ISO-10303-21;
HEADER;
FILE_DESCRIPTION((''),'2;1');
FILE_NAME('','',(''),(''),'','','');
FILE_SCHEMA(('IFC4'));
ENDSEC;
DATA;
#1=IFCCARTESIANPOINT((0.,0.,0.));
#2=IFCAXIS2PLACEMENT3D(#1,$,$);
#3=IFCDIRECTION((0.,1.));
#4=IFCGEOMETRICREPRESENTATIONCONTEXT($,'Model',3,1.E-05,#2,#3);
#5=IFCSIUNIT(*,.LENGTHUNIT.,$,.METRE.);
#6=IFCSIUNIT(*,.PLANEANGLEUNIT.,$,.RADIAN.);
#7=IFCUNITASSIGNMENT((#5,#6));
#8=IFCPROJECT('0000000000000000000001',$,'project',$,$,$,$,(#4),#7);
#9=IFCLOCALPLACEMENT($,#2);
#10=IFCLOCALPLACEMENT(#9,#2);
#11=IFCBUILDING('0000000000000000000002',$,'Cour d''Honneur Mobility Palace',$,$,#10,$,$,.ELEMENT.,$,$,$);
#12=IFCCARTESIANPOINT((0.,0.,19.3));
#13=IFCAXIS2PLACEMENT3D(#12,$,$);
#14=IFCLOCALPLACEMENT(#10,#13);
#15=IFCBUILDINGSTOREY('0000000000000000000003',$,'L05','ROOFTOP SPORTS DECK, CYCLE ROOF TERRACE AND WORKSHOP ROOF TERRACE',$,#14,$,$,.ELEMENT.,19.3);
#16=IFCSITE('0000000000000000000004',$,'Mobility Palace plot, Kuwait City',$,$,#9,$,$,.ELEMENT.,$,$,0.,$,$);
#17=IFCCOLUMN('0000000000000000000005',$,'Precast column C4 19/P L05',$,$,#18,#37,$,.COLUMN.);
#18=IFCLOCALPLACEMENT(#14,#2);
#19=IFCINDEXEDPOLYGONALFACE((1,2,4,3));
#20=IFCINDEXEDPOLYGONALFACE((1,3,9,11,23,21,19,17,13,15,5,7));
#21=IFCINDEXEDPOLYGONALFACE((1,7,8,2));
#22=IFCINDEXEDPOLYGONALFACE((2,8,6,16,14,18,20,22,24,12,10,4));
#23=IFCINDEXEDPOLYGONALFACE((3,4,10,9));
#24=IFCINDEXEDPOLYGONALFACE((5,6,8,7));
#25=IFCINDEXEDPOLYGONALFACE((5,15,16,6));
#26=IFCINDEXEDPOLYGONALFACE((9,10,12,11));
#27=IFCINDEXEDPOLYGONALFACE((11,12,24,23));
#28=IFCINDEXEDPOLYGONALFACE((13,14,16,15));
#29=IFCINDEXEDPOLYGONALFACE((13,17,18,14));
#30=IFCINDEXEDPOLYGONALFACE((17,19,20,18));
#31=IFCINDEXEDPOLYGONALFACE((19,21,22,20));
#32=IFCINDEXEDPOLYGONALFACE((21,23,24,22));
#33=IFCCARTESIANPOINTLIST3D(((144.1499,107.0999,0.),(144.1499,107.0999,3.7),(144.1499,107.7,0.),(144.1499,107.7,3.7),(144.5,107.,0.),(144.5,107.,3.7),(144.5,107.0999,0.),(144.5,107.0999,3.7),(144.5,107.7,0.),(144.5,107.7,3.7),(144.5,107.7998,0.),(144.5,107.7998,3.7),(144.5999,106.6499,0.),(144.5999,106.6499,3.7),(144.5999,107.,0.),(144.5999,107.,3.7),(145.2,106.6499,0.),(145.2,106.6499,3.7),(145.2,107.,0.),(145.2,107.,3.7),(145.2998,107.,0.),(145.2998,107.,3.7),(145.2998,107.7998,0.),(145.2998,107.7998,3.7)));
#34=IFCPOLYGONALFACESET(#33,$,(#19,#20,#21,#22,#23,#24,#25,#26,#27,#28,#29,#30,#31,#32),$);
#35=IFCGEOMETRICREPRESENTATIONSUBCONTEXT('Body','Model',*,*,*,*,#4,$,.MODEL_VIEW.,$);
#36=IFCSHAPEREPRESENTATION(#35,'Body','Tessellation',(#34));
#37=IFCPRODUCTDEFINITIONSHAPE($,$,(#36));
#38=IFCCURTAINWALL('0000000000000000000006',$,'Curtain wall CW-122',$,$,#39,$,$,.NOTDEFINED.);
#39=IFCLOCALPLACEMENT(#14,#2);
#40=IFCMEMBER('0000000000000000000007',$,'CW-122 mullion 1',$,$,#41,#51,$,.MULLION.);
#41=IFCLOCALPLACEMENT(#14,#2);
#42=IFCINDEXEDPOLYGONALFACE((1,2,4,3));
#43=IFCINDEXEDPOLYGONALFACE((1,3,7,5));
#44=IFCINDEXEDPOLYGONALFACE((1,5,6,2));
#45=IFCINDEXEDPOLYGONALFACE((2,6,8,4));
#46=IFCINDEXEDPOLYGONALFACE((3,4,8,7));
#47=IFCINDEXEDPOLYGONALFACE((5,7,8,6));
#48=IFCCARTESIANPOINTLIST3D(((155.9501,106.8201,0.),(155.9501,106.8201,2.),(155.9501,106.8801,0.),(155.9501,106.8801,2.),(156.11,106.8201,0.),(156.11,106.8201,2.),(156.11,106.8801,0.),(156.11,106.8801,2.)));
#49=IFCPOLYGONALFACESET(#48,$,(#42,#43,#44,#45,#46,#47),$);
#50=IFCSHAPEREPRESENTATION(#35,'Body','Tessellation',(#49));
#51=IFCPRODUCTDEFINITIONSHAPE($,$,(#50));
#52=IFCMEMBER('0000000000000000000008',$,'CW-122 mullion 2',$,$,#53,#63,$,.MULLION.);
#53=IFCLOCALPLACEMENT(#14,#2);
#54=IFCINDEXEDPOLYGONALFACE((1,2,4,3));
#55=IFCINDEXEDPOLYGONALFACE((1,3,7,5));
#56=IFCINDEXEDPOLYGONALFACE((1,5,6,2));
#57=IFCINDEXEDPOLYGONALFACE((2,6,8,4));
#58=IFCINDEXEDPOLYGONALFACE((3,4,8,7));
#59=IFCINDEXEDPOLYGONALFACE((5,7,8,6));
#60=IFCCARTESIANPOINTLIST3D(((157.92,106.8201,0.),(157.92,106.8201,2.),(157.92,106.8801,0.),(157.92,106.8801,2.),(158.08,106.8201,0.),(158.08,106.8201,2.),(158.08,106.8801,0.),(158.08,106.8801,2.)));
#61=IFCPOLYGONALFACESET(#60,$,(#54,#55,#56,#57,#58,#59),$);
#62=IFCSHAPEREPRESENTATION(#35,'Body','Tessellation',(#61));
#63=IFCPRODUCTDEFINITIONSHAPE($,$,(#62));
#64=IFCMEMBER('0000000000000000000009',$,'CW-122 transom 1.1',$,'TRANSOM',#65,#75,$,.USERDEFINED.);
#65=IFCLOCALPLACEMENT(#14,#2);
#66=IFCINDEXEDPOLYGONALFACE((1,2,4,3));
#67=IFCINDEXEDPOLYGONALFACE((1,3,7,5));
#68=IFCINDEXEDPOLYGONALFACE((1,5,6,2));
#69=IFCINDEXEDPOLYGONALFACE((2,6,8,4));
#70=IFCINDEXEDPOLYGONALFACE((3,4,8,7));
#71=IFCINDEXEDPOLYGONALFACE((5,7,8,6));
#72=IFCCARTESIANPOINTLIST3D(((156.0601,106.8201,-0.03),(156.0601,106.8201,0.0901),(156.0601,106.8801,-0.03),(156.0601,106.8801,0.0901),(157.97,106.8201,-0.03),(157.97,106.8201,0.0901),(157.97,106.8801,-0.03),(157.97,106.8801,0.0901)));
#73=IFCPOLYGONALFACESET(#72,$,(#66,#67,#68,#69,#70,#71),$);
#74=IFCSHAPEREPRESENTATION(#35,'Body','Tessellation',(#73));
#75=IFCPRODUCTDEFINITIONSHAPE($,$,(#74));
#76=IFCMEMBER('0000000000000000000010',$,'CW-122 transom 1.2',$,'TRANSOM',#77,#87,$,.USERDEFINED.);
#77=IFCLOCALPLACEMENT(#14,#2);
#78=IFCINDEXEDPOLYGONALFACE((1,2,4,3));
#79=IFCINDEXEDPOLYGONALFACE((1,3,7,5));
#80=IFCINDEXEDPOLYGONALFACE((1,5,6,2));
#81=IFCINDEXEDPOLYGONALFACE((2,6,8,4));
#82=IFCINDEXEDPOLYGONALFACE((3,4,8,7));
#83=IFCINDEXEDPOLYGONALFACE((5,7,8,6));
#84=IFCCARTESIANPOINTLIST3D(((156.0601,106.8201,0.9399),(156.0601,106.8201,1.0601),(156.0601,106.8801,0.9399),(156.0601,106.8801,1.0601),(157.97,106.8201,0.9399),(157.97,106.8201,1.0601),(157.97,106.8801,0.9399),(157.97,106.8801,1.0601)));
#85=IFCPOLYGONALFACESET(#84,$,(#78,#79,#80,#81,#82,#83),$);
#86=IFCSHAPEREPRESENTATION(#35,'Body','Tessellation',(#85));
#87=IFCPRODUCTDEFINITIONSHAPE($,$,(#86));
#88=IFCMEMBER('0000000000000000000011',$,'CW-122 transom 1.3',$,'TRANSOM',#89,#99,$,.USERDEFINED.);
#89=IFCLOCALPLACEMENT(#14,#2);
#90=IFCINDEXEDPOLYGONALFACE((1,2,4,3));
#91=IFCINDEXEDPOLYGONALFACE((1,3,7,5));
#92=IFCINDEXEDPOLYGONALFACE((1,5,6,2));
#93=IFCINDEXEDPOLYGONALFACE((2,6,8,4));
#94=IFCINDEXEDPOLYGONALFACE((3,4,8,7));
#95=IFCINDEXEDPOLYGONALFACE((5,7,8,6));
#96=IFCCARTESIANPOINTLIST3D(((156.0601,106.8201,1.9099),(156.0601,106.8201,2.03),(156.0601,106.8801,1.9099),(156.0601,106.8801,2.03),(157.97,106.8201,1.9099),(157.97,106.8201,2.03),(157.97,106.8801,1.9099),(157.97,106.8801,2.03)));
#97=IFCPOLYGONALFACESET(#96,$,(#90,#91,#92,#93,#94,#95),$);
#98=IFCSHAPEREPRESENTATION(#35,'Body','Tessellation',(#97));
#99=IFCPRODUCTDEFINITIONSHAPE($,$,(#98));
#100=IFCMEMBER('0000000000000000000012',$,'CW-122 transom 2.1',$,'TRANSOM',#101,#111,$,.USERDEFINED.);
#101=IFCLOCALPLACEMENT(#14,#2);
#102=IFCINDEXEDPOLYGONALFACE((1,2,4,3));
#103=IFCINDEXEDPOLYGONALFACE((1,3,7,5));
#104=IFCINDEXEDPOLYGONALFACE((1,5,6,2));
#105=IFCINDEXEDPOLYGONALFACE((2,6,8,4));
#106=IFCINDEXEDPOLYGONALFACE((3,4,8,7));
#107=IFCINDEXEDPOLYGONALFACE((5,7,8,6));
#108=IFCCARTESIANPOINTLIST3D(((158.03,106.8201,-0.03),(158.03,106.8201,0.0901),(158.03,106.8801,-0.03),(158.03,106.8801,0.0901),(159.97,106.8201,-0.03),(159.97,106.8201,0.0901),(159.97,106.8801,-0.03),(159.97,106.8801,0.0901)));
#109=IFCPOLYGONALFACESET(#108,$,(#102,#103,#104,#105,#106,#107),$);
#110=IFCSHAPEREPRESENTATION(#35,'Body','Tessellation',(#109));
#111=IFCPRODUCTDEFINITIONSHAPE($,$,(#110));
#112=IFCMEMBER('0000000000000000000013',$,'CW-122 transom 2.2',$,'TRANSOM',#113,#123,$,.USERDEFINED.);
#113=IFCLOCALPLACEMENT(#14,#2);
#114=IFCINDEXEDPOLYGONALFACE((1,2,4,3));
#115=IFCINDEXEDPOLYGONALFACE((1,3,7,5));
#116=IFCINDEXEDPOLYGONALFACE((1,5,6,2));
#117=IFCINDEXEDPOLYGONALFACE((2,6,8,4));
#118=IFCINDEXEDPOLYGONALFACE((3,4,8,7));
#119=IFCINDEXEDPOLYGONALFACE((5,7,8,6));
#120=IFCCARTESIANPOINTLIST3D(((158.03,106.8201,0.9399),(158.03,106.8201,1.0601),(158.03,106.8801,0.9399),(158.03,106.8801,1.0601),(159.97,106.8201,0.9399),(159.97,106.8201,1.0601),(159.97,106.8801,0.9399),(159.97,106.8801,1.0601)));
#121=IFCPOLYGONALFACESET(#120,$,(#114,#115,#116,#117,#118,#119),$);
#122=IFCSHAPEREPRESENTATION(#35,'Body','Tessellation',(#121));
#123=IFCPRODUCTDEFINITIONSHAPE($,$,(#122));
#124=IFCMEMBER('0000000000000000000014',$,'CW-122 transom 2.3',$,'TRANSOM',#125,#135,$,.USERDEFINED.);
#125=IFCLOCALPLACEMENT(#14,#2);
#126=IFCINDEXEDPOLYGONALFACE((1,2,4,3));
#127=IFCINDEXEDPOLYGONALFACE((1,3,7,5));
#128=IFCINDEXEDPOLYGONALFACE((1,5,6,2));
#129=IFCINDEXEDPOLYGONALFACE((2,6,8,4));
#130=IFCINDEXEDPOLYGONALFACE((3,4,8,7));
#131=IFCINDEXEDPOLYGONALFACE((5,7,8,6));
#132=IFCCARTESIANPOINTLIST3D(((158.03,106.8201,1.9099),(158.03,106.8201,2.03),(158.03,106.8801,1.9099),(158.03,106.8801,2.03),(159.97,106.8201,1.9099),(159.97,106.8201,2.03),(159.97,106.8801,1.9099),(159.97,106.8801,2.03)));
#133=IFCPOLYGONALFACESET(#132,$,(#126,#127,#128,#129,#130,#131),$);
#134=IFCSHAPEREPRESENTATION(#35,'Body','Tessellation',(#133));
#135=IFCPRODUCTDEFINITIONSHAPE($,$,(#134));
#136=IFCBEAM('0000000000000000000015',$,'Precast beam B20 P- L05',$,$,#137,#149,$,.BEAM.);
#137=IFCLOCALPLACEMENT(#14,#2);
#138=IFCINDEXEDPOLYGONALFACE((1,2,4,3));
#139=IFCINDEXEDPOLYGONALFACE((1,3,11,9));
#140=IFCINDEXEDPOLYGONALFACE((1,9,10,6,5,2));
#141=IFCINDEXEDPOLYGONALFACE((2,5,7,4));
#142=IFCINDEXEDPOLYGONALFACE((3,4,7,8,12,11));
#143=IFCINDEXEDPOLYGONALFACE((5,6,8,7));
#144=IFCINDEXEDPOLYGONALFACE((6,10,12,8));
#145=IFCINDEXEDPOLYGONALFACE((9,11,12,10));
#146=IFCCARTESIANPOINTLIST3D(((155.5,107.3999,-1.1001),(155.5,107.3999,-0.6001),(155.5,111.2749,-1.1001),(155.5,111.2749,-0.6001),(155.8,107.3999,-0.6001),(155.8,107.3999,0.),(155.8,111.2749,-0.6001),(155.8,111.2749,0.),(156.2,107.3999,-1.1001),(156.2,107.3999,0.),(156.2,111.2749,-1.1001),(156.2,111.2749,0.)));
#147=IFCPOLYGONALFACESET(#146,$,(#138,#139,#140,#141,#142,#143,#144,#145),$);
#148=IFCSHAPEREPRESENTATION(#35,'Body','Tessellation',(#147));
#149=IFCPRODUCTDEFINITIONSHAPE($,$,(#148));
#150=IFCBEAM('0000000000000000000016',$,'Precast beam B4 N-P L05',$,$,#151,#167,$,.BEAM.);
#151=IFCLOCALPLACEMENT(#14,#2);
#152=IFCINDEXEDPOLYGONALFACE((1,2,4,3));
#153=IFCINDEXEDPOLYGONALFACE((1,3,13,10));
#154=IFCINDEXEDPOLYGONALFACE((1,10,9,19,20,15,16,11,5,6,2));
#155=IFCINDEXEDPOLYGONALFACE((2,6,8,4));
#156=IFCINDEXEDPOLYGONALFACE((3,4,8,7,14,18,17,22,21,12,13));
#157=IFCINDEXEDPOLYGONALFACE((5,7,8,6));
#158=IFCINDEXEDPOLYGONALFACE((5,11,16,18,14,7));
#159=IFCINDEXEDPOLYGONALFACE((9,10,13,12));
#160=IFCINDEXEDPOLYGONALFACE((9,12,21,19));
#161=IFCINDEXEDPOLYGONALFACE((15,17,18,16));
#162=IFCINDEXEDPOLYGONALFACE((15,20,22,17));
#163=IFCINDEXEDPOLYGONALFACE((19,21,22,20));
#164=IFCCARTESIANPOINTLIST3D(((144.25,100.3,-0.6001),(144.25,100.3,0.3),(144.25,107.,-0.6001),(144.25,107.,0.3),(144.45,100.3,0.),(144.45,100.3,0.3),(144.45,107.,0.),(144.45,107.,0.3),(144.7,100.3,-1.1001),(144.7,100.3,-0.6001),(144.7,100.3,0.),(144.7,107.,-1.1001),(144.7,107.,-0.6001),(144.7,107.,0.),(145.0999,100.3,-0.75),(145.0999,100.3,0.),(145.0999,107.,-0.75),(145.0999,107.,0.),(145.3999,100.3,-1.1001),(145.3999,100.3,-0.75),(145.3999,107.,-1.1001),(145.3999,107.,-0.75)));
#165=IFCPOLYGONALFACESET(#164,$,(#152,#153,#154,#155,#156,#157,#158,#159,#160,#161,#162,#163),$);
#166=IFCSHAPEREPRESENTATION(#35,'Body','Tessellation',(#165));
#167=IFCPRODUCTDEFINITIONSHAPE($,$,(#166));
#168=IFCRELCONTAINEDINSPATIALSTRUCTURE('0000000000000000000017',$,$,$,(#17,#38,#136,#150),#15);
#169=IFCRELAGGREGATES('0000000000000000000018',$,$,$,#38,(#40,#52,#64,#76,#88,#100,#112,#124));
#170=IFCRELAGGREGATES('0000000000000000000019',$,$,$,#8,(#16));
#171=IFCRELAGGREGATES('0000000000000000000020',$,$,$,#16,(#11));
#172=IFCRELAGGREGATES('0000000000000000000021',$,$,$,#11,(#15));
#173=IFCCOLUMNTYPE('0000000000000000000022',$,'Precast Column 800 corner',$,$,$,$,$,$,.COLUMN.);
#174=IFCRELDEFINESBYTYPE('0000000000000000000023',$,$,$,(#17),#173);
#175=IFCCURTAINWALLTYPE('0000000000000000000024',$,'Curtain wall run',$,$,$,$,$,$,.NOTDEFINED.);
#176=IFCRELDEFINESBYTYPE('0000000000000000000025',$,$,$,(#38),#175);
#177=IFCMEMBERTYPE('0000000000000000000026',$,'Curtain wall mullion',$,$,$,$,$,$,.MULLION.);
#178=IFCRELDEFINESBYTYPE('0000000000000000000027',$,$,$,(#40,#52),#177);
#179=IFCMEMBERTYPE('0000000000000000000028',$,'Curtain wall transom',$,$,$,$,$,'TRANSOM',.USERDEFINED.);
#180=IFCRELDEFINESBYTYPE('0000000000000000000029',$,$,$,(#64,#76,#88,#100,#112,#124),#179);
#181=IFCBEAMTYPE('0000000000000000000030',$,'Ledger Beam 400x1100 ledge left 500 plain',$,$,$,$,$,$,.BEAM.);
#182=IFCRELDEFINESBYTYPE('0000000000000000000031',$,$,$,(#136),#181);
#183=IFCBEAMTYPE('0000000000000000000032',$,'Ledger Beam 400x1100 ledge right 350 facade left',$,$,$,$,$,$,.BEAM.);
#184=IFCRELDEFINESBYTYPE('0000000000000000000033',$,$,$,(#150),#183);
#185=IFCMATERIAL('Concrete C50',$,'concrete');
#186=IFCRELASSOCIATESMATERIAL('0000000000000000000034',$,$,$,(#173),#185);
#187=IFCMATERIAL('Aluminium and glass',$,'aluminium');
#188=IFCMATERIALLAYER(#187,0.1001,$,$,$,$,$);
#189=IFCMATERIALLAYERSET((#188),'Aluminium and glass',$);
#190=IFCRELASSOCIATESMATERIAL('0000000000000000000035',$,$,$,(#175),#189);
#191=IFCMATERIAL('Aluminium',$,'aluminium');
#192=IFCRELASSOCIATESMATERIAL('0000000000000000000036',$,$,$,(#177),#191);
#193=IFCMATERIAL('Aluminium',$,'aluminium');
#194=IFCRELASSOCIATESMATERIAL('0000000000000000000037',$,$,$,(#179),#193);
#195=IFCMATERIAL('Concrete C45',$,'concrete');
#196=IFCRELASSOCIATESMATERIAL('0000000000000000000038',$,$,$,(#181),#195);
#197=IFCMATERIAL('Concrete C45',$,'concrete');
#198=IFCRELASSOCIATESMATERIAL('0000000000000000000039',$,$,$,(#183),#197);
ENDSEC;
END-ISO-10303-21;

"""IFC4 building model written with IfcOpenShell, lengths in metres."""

from ifc_helpers import new_model, si_unit, direction, frame, origin, origin_2d, place, context, subcontext, project, spatial, polyline, rectangle, outline, extrude, material, layer, layer_set, material_profile, profile_set, type_object, element, aggregate, save


model = new_model("IFC4")

# Units and contexts
model_context = context("Model", 3, precision=1e-05, world=origin(), true_north=direction((0.0, 1.0)))
body_context = subcontext(model_context, "Body", "Model", "MODEL_VIEW")
ifc_project = project(units=[si_unit("LENGTHUNIT", "METRE"), si_unit("PLANEANGLEUNIT", "RADIAN")], contexts=[model_context])

# Site, building, storey
site_placement = place(None, origin())
site = spatial("IfcSite", under=ifc_project, at=site_placement, Name="Mobility Palace plot, Kuwait City", CompositionType="ELEMENT", RefElevation=0.0)
building_placement = place(site_placement, origin())
building = spatial("IfcBuilding", under=site, at=building_placement, Name="Cour d'Honneur Mobility Palace", CompositionType="ELEMENT")
storey_placement = place(building_placement, frame((0.0, 0.0, 19.3)))
storey = spatial("IfcBuildingStorey", under=building, at=storey_placement, Name="L05", Description="ROOFTOP SPORTS DECK, CYCLE ROOF TERRACE AND WORKSHOP ROOF TERRACE", CompositionType="ELEMENT", Elevation=19.3)

# Column
ifc_material_1 = material(Name="Concrete C50", Category="concrete")
ifc_material_profile_1 = material_profile(ifc_material_1, outline(polyline([(-0.3999, -0.3999), (0.3999, -0.3999), (0.3999, -0.3), (0.75, -0.3), (0.75, 0.3), (0.3999, 0.3), (0.3999, 0.3999), (0.3, 0.3999), (0.3, 0.75), (-0.3, 0.75), (-0.3, 0.3999), (-0.3999, 0.3999), (-0.3999, -0.3999)])), Name="PC C800 corner")
ifc_profile_set_1 = profile_set([ifc_material_profile_1], Name="Concrete C50")
column_type = type_object("IfcColumnType", Name="Precast Column 800 corner", PredefinedType="COLUMN", material=ifc_profile_set_1)
column_placement = place(storey_placement, frame((144.8999, 107.3999, 0.0), z_axis=(0.0, 0.0, 1.0), x_axis=(-1.0, 0.0, 0.0)))
element("IfcColumn", 1, at=column_placement, inside=storey, type_object=column_type, Name="Precast column C4 19/P L05", PredefinedType="COLUMN", context=body_context, shape_type="SweptSolid", body=[
    extrude(outline(polyline([(-0.3999, -0.3999), (0.3999, -0.3999), (0.3999, -0.3), (0.75, -0.3), (0.75, 0.3), (0.3999, 0.3), (0.3999, 0.3999), (0.3, 0.3999), (0.3, 0.75), (-0.3, 0.75), (-0.3, 0.3999), (-0.3999, 0.3999), (-0.3999, -0.3999)])), origin(), (0.0, 0.0, 1.0), 3.7),
])

# Curtain wall, members
ifc_material_2 = material(Name="Aluminium and glass", Category="aluminium")
ifc_layer_1 = layer(ifc_material_2, 0.1001)
ifc_layer_set_1 = layer_set([ifc_layer_1], Name="Aluminium and glass")
curtain_wall_type = type_object("IfcCurtainWallType", Name="Curtain wall run", PredefinedType="NOTDEFINED", material=ifc_layer_set_1)
curtain_wall_placement = place(storey_placement, origin())
curtain_wall = element("IfcCurtainWall", 2, at=curtain_wall_placement, inside=storey, type_object=curtain_wall_type, Name="Curtain wall CW-122", PredefinedType="NOTDEFINED")
ifc_material_3 = material(Name="Aluminium", Category="aluminium")
ifc_material_profile_2 = material_profile(ifc_material_3, rectangle(XDim=0.0601, YDim=0.1599, at=origin_2d()), Name="Curtain wall mullion")
ifc_profile_set_2 = profile_set([ifc_material_profile_2], Name="Aluminium")
member_type_1 = type_object("IfcMemberType", Name="Curtain wall mullion", PredefinedType="MULLION", material=ifc_profile_set_2)
member_1_placement = place(storey_placement, frame((156.03, 106.8501, 0.0), z_axis=(0.0, 0.0, 1.0), x_axis=(0.0, 1.0, 0.0)))
member_1 = element("IfcMember", 3, at=member_1_placement, type_object=member_type_1, Name="CW-122 mullion 1", PredefinedType="MULLION", context=body_context, shape_type="SweptSolid", body=[
    extrude(rectangle(XDim=0.0601, YDim=0.1599, at=origin_2d()), origin(), (0.0, 0.0, 1.0), 2.0),
])
member_2_placement = place(storey_placement, frame((158.0, 106.8501, 0.0), z_axis=(0.0, 0.0, 1.0), x_axis=(0.0, 1.0, 0.0)))
member_2 = element("IfcMember", 4, at=member_2_placement, type_object=member_type_1, Name="CW-122 mullion 2", PredefinedType="MULLION", context=body_context, shape_type="SweptSolid", body=[
    extrude(rectangle(XDim=0.0601, YDim=0.1599, at=origin_2d()), origin(), (0.0, 0.0, 1.0), 2.0),
])
ifc_material_4 = material(Name="Aluminium", Category="aluminium")
ifc_material_profile_3 = material_profile(ifc_material_4, rectangle(XDim=0.0601, YDim=0.1201, at=origin_2d()), Name="Curtain wall transom")
ifc_profile_set_3 = profile_set([ifc_material_profile_3], Name="Aluminium")
member_type_2 = type_object("IfcMemberType", Name="Curtain wall transom", ElementType="TRANSOM", PredefinedType="USERDEFINED", material=ifc_profile_set_3)
member_3_placement = place(storey_placement, frame((156.0601, 106.8501, 0.03), z_axis=(1.0, 0.0, 0.0), x_axis=(0.0, 1.0, 0.0)))
member_3 = element("IfcMember", 5, at=member_3_placement, type_object=member_type_2, Name="CW-122 transom 1.1", ObjectType="TRANSOM", PredefinedType="USERDEFINED", context=body_context, shape_type="SweptSolid", body=[
    extrude(rectangle(XDim=0.0601, YDim=0.1201, at=origin_2d()), origin(), (0.0, 0.0, 1.0), 1.9099),
])
member_4_placement = place(storey_placement, frame((156.0601, 106.8501, 1.0), z_axis=(1.0, 0.0, 0.0), x_axis=(0.0, 1.0, 0.0)))
member_4 = element("IfcMember", 6, at=member_4_placement, type_object=member_type_2, Name="CW-122 transom 1.2", ObjectType="TRANSOM", PredefinedType="USERDEFINED", context=body_context, shape_type="SweptSolid", body=[
    extrude(rectangle(XDim=0.0601, YDim=0.1201, at=origin_2d()), origin(), (0.0, 0.0, 1.0), 1.9099),
])
member_5_placement = place(storey_placement, frame((156.0601, 106.8501, 1.97), z_axis=(1.0, 0.0, 0.0), x_axis=(0.0, 1.0, 0.0)))
member_5 = element("IfcMember", 7, at=member_5_placement, type_object=member_type_2, Name="CW-122 transom 1.3", ObjectType="TRANSOM", PredefinedType="USERDEFINED", context=body_context, shape_type="SweptSolid", body=[
    extrude(rectangle(XDim=0.0601, YDim=0.1201, at=origin_2d()), origin(), (0.0, 0.0, 1.0), 1.9099),
])
member_6_placement = place(storey_placement, frame((158.03, 106.8501, 0.03), z_axis=(1.0, 0.0, 0.0), x_axis=(0.0, 1.0, 0.0)))
member_6 = element("IfcMember", 8, at=member_6_placement, type_object=member_type_2, Name="CW-122 transom 2.1", ObjectType="TRANSOM", PredefinedType="USERDEFINED", context=body_context, shape_type="SweptSolid", body=[
    extrude(rectangle(XDim=0.0601, YDim=0.1201, at=origin_2d()), origin(), (0.0, 0.0, 1.0), 1.9399),
])
member_7_placement = place(storey_placement, frame((158.03, 106.8501, 1.0), z_axis=(1.0, 0.0, 0.0), x_axis=(0.0, 1.0, 0.0)))
member_7 = element("IfcMember", 9, at=member_7_placement, type_object=member_type_2, Name="CW-122 transom 2.2", ObjectType="TRANSOM", PredefinedType="USERDEFINED", context=body_context, shape_type="SweptSolid", body=[
    extrude(rectangle(XDim=0.0601, YDim=0.1201, at=origin_2d()), origin(), (0.0, 0.0, 1.0), 1.9399),
])
member_8_placement = place(storey_placement, frame((158.03, 106.8501, 1.97), z_axis=(1.0, 0.0, 0.0), x_axis=(0.0, 1.0, 0.0)))
member_8 = element("IfcMember", 10, at=member_8_placement, type_object=member_type_2, Name="CW-122 transom 2.3", ObjectType="TRANSOM", PredefinedType="USERDEFINED", context=body_context, shape_type="SweptSolid", body=[
    extrude(rectangle(XDim=0.0601, YDim=0.1201, at=origin_2d()), origin(), (0.0, 0.0, 1.0), 1.9399),
])

# Beams
ifc_material_5 = material(Name="Concrete C45", Category="concrete")
ifc_material_profile_4 = material_profile(ifc_material_5, outline(polyline([(0.5, -1.1001), (0.5, -0.6001), (0.2, -0.6001), (0.2, 0.0), (-0.2, 0.0), (-0.2, -1.1001), (0.5, -1.1001)])), Name="Ledger Beam 400x1100 ledge left 500 plain")
ifc_profile_set_4 = profile_set([ifc_material_profile_4], Name="Concrete C45")
beam_type_1 = type_object("IfcBeamType", Name="Ledger Beam 400x1100 ledge left 500 plain", PredefinedType="BEAM", material=ifc_profile_set_4)
beam_1_placement = place(storey_placement, frame((156.0, 107.3999, 0.0), z_axis=(0.0, 1.0, 0.0), x_axis=(-1.0, 0.0, 0.0)))
element("IfcBeam", 11, at=beam_1_placement, inside=storey, type_object=beam_type_1, Name="Precast beam B20 P- L05", PredefinedType="BEAM", context=body_context, shape_type="SweptSolid", body=[
    extrude(outline(polyline([(0.5, -1.1001), (0.5, -0.6001), (0.2, -0.6001), (0.2, 0.0), (-0.2, 0.0), (-0.2, -1.1001), (0.5, -1.1001)])), origin(), (0.0, 0.0, 1.0), 3.875),
])
ifc_material_6 = material(Name="Concrete C45", Category="concrete")
ifc_material_profile_5 = material_profile(ifc_material_6, outline(polyline([(0.2, -1.1001), (0.2, -0.6001), (0.6499, -0.6001), (0.6499, 0.3), (0.45, 0.3), (0.45, 0.0), (0.2, 0.0), (-0.2, 0.0), (-0.2, -0.75), (-0.5, -0.75), (-0.5, -1.1001), (0.2, -1.1001)])), Name="Ledger Beam 400x1100 ledge right 350 facade left")
ifc_profile_set_5 = profile_set([ifc_material_profile_5], Name="Concrete C45")
beam_type_2 = type_object("IfcBeamType", Name="Ledger Beam 400x1100 ledge right 350 facade left", PredefinedType="BEAM", material=ifc_profile_set_5)
beam_2_placement = place(storey_placement, frame((144.8999, 100.3, 0.0), z_axis=(0.0, 1.0, 0.0), x_axis=(-1.0, 0.0, 0.0)))
element("IfcBeam", 12, at=beam_2_placement, inside=storey, type_object=beam_type_2, Name="Precast beam B4 N-P L05", PredefinedType="BEAM", context=body_context, shape_type="SweptSolid", body=[
    extrude(outline(polyline([(0.2, -1.1001), (0.2, -0.6001), (0.6499, -0.6001), (0.6499, 0.3), (0.45, 0.3), (0.45, 0.0), (0.2, 0.0), (-0.2, 0.0), (-0.2, -0.75), (-0.5, -0.75), (-0.5, -1.1001), (0.2, -1.1001)])), origin(), (0.0, 0.0, 1.0), 6.7),
])

aggregate(curtain_wall, [member_1, member_2, member_3, member_4, member_5, member_6, member_7, member_8])

save(model, "model.ifc")
